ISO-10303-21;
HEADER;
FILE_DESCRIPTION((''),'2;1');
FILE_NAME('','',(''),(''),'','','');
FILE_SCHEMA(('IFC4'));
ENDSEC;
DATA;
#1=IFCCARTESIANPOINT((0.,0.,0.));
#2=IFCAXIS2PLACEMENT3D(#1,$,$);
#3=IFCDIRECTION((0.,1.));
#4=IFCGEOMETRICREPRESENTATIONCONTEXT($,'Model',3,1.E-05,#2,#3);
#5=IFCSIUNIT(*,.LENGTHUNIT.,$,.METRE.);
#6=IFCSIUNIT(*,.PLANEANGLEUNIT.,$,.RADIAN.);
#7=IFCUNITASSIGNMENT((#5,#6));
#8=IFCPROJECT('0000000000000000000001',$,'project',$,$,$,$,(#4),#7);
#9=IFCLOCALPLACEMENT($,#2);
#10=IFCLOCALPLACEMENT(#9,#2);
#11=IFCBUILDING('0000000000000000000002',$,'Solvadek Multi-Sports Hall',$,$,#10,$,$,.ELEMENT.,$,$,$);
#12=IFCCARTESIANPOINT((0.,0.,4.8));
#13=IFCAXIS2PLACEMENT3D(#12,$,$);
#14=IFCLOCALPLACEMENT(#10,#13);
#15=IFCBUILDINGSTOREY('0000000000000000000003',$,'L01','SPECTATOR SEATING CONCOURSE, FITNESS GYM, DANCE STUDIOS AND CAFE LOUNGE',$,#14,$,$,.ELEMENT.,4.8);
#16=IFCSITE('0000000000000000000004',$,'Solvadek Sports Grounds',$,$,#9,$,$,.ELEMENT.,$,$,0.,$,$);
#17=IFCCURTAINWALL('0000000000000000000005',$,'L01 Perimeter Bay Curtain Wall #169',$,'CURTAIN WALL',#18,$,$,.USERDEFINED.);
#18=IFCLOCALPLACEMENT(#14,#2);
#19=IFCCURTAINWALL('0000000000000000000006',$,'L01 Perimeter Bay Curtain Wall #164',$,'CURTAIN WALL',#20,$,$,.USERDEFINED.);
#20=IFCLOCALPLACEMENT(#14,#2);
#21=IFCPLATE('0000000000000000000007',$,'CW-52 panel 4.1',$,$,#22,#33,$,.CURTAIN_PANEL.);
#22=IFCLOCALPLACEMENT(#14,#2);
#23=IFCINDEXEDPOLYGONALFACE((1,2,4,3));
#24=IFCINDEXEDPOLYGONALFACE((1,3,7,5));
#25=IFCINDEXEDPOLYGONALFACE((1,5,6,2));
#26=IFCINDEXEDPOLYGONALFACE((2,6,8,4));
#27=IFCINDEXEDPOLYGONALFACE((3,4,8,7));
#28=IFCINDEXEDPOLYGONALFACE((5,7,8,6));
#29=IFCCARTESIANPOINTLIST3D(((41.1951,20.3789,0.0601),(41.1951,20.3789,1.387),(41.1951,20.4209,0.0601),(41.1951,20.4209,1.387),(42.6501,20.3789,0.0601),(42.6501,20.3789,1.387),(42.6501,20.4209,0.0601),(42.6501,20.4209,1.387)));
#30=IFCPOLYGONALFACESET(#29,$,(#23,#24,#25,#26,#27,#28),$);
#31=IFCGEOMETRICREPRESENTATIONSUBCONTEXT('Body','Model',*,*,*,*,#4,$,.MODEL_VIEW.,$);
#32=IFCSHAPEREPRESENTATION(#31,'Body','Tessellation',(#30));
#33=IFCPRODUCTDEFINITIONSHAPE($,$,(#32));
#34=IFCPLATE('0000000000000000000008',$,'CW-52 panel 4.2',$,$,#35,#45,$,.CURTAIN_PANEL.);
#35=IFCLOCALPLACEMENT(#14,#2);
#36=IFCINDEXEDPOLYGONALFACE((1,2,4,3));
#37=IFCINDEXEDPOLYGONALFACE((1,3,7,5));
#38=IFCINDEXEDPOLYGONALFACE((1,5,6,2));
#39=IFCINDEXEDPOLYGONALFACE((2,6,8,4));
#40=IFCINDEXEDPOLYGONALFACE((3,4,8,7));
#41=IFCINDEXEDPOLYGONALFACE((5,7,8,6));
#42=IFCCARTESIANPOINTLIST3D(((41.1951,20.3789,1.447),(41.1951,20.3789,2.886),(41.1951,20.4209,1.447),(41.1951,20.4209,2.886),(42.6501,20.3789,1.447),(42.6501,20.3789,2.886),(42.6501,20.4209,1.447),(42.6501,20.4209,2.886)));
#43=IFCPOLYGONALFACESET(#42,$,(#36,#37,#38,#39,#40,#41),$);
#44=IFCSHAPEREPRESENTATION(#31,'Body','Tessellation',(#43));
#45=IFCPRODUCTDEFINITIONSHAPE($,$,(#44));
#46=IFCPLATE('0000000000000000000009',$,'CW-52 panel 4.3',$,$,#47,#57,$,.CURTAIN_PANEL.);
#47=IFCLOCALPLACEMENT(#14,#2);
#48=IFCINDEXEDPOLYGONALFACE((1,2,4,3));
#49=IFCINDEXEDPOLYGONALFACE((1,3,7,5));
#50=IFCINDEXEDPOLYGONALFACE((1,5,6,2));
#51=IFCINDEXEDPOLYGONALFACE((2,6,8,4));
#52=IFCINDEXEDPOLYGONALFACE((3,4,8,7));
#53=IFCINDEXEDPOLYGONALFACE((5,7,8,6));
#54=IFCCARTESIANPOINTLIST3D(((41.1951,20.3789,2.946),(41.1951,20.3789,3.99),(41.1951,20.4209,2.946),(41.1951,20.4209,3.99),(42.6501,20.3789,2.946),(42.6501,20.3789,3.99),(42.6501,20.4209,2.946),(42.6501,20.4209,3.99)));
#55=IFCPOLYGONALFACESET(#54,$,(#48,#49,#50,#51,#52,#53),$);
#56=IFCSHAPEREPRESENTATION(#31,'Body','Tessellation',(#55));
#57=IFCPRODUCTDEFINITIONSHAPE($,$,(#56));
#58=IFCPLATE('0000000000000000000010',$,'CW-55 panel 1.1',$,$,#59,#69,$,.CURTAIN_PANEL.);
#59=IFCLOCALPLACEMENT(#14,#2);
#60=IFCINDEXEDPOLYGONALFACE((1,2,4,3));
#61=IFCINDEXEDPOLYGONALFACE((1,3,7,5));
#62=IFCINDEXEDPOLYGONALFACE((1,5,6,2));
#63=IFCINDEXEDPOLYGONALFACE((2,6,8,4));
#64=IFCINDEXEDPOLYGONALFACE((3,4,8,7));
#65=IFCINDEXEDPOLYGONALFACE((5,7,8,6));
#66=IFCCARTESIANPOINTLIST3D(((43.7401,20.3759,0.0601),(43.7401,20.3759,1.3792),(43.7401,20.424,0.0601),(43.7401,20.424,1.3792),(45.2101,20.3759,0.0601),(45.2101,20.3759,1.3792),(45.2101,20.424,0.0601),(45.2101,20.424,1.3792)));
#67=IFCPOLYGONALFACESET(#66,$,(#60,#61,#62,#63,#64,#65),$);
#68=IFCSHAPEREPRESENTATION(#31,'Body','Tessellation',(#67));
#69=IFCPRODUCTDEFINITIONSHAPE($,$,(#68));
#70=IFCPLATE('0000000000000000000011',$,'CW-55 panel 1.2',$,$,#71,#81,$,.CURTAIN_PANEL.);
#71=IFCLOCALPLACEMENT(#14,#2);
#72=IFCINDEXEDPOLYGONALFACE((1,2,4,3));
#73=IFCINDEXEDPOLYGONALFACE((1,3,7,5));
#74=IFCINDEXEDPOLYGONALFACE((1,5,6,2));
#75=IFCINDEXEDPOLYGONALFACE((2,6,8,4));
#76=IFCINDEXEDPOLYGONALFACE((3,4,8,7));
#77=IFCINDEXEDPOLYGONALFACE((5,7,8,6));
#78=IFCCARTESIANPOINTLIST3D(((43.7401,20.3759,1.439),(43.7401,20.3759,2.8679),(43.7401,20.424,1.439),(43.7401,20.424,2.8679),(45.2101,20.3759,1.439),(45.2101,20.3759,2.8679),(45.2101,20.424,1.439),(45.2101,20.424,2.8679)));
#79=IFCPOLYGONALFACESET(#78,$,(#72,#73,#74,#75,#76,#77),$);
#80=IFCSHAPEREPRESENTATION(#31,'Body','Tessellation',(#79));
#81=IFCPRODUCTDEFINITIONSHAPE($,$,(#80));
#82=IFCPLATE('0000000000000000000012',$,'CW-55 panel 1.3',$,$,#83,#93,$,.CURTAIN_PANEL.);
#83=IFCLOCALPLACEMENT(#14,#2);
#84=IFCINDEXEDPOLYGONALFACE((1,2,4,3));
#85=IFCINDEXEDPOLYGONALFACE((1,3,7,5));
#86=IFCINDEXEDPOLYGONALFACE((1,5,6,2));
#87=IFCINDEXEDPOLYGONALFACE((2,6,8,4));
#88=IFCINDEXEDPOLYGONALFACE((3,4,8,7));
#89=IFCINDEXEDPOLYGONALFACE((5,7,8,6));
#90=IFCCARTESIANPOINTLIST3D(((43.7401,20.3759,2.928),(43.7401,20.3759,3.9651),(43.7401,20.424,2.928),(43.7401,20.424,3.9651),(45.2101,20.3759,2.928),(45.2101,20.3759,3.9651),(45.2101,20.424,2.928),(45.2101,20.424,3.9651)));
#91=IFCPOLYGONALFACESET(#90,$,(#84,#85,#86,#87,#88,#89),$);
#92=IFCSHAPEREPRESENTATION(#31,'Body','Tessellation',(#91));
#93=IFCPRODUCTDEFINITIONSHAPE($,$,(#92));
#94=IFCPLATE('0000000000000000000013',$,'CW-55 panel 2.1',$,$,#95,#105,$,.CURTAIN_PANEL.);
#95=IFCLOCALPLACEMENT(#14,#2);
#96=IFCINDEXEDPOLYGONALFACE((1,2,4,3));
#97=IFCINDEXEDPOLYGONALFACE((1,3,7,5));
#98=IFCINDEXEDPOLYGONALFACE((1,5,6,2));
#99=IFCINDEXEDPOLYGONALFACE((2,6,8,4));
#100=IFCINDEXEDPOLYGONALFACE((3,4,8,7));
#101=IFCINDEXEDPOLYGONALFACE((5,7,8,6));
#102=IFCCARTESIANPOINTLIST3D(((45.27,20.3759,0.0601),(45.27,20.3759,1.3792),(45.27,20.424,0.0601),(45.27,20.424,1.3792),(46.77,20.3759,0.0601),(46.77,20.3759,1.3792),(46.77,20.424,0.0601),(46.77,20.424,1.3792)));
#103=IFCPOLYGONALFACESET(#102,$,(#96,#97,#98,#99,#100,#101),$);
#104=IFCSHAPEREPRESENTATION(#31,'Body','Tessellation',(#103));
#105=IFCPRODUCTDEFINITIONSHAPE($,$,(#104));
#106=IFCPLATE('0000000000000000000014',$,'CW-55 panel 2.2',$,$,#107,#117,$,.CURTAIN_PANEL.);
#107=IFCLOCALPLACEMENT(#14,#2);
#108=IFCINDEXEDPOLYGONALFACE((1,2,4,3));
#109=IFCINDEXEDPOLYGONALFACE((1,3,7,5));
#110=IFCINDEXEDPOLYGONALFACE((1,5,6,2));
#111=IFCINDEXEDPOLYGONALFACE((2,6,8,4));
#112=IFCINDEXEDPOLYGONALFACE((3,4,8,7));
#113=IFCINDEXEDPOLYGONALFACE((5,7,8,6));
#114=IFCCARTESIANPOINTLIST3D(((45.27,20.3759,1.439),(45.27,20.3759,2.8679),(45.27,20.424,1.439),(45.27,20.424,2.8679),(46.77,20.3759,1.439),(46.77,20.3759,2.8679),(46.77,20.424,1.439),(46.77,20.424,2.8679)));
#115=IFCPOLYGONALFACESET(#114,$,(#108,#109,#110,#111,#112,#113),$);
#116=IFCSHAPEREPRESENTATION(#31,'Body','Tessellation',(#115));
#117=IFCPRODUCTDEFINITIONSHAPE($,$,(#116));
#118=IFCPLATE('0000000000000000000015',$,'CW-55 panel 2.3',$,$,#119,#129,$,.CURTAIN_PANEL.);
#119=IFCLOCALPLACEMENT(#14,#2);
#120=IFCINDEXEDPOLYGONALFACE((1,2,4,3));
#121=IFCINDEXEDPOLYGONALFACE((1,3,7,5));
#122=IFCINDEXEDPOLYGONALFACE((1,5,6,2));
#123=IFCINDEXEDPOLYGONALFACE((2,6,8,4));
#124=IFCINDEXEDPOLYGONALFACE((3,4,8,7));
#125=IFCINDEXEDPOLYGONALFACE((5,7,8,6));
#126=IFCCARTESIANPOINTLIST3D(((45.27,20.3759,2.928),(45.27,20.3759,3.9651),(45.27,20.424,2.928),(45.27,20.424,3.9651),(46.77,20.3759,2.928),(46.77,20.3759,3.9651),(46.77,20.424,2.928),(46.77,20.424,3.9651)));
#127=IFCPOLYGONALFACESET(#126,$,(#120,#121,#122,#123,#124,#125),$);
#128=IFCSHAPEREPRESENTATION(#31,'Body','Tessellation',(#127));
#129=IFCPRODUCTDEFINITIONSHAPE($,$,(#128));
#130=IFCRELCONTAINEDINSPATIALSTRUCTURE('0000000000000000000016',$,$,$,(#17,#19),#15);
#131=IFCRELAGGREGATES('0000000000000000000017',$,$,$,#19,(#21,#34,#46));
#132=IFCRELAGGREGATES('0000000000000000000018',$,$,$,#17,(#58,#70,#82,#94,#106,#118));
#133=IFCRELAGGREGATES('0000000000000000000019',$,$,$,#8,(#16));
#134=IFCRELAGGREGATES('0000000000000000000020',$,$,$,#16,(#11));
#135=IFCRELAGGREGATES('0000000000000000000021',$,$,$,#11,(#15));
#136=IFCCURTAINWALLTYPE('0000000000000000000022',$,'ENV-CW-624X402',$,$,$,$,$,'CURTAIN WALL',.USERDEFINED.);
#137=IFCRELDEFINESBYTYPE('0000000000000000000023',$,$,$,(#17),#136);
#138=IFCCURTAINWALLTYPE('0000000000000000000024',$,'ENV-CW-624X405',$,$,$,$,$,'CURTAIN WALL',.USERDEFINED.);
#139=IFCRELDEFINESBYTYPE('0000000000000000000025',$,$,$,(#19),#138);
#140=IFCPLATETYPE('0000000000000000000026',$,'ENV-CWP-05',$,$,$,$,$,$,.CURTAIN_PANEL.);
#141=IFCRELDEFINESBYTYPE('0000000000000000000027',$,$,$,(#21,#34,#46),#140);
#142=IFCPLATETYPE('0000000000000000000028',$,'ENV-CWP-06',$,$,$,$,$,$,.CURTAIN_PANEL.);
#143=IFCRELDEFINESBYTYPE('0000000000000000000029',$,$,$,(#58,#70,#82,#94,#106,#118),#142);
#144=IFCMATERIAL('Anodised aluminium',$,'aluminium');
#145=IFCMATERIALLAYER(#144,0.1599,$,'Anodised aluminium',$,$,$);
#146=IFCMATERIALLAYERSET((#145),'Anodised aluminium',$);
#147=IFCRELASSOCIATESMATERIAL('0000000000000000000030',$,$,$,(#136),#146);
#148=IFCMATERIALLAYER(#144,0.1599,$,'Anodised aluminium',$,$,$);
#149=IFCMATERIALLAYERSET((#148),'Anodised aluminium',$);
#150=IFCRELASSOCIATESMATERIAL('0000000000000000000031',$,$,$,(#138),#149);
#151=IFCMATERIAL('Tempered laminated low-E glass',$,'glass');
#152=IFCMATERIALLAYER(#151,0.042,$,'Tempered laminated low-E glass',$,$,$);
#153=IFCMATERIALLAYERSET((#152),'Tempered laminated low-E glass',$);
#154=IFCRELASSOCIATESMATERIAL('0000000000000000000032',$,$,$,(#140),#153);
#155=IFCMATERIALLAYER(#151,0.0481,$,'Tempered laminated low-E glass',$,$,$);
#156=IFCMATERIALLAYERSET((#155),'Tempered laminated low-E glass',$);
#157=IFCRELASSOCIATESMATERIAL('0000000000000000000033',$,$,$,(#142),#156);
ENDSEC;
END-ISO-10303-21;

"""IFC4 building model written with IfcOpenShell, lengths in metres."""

from ifc_helpers import new_model, si_unit, direction, frame, origin, origin_2d, place, context, subcontext, project, spatial, rectangle, extrude, material, layer, layer_set, type_object, element, aggregate, save


model = new_model("IFC4")

# Units and contexts
model_context = context("Model", 3, precision=1e-05, world=origin(), true_north=direction((0.0, 1.0)))
body_context = subcontext(model_context, "Body", "Model", "MODEL_VIEW")
ifc_project = project(units=[si_unit("LENGTHUNIT", "METRE"), si_unit("PLANEANGLEUNIT", "RADIAN")], contexts=[model_context])

# Site, building, storey
site_placement = place(None, origin())
site = spatial("IfcSite", under=ifc_project, at=site_placement, Name="Solvadek Sports Grounds", CompositionType="ELEMENT", RefElevation=0.0)
building_placement = place(site_placement, origin())
building = spatial("IfcBuilding", under=site, at=building_placement, Name="Solvadek Multi-Sports Hall", CompositionType="ELEMENT")
storey_placement = place(building_placement, frame((0.0, 0.0, 4.8)))
storey = spatial("IfcBuildingStorey", under=building, at=storey_placement, Name="L01", Description="SPECTATOR SEATING CONCOURSE, FITNESS GYM, DANCE STUDIOS AND CAFE LOUNGE", CompositionType="ELEMENT", Elevation=4.8)

# Curtain walls
ifc_material_1 = material(Name="Anodised aluminium", Category="aluminium")
ifc_layer_1 = layer(ifc_material_1, 0.1599, Name="Anodised aluminium")
ifc_layer_set_1 = layer_set([ifc_layer_1], Name="Anodised aluminium")
curtain_wall_type_1 = type_object("IfcCurtainWallType", Name="ENV-CW-624X402", ElementType="CURTAIN WALL", PredefinedType="USERDEFINED", material=ifc_layer_set_1)
curtain_wall_1_placement = place(storey_placement, origin())
curtain_wall_1 = element("IfcCurtainWall", 1, at=curtain_wall_1_placement, inside=storey, type_object=curtain_wall_type_1, Name="L01 Perimeter Bay Curtain Wall #169", ObjectType="CURTAIN WALL", PredefinedType="USERDEFINED")
ifc_layer_2 = layer(ifc_material_1, 0.1599, Name="Anodised aluminium")
ifc_layer_set_2 = layer_set([ifc_layer_2], Name="Anodised aluminium")
curtain_wall_type_2 = type_object("IfcCurtainWallType", Name="ENV-CW-624X405", ElementType="CURTAIN WALL", PredefinedType="USERDEFINED", material=ifc_layer_set_2)
curtain_wall_2_placement = place(storey_placement, origin())
curtain_wall_2 = element("IfcCurtainWall", 2, at=curtain_wall_2_placement, inside=storey, type_object=curtain_wall_type_2, Name="L01 Perimeter Bay Curtain Wall #164", ObjectType="CURTAIN WALL", PredefinedType="USERDEFINED")

# Plates
ifc_material_2 = material(Name="Tempered laminated low-E glass", Category="glass")
ifc_layer_3 = layer(ifc_material_2, 0.042, Name="Tempered laminated low-E glass")
ifc_layer_set_3 = layer_set([ifc_layer_3], Name="Tempered laminated low-E glass")
plate_type_1 = type_object("IfcPlateType", Name="ENV-CWP-05", PredefinedType="CURTAIN_PANEL", material=ifc_layer_set_3)
plate_1_placement = place(storey_placement, frame((41.9226, 20.3999, 0.0601), z_axis=(0.0, 0.0, 1.0), x_axis=(1.0, 0.0, 0.0)))
plate_1 = element("IfcPlate", 3, at=plate_1_placement, type_object=plate_type_1, Name="CW-52 panel 4.1", PredefinedType="CURTAIN_PANEL", context=body_context, shape_type="SweptSolid", body=[
    extrude(rectangle(XDim=1.4551, YDim=0.042, at=origin_2d()), origin(), (0.0, 0.0, 1.0), 1.3269),
])
plate_2_placement = place(storey_placement, frame((41.9226, 20.3999, 1.447), z_axis=(0.0, 0.0, 1.0), x_axis=(1.0, 0.0, 0.0)))
plate_2 = element("IfcPlate", 4, at=plate_2_placement, type_object=plate_type_1, Name="CW-52 panel 4.2", PredefinedType="CURTAIN_PANEL", context=body_context, shape_type="SweptSolid", body=[
    extrude(rectangle(XDim=1.4551, YDim=0.042, at=origin_2d()), origin(), (0.0, 0.0, 1.0), 1.439),
])
plate_3_placement = place(storey_placement, frame((41.9226, 20.3999, 2.946), z_axis=(0.0, 0.0, 1.0), x_axis=(1.0, 0.0, 0.0)))
plate_3 = element("IfcPlate", 5, at=plate_3_placement, type_object=plate_type_1, Name="CW-52 panel 4.3", PredefinedType="CURTAIN_PANEL", context=body_context, shape_type="SweptSolid", body=[
    extrude(rectangle(XDim=1.4551, YDim=0.042, at=origin_2d()), origin(), (0.0, 0.0, 1.0), 1.0439),
])
aggregate(curtain_wall_2, [plate_1, plate_2, plate_3])
ifc_layer_4 = layer(ifc_material_2, 0.0481, Name="Tempered laminated low-E glass")
ifc_layer_set_4 = layer_set([ifc_layer_4], Name="Tempered laminated low-E glass")
plate_type_2 = type_object("IfcPlateType", Name="ENV-CWP-06", PredefinedType="CURTAIN_PANEL", material=ifc_layer_set_4)
plate_4_placement = place(storey_placement, frame((44.4751, 20.3999, 0.0601), z_axis=(0.0, 0.0, 1.0), x_axis=(1.0, 0.0, 0.0)))
plate_4 = element("IfcPlate", 6, at=plate_4_placement, type_object=plate_type_2, Name="CW-55 panel 1.1", PredefinedType="CURTAIN_PANEL", context=body_context, shape_type="SweptSolid", body=[
    extrude(rectangle(XDim=1.47, YDim=0.0481, at=origin_2d()), origin(), (0.0, 0.0, 1.0), 1.3191),
])
plate_5_placement = place(storey_placement, frame((44.4751, 20.3999, 1.439), z_axis=(0.0, 0.0, 1.0), x_axis=(1.0, 0.0, 0.0)))
plate_5 = element("IfcPlate", 7, at=plate_5_placement, type_object=plate_type_2, Name="CW-55 panel 1.2", PredefinedType="CURTAIN_PANEL", context=body_context, shape_type="SweptSolid", body=[
    extrude(rectangle(XDim=1.47, YDim=0.0481, at=origin_2d()), origin(), (0.0, 0.0, 1.0), 1.429),
])
plate_6_placement = place(storey_placement, frame((44.4751, 20.3999, 2.928), z_axis=(0.0, 0.0, 1.0), x_axis=(1.0, 0.0, 0.0)))
plate_6 = element("IfcPlate", 8, at=plate_6_placement, type_object=plate_type_2, Name="CW-55 panel 1.3", PredefinedType="CURTAIN_PANEL", context=body_context, shape_type="SweptSolid", body=[
    extrude(rectangle(XDim=1.47, YDim=0.0481, at=origin_2d()), origin(), (0.0, 0.0, 1.0), 1.0371),
])
plate_7_placement = place(storey_placement, frame((46.02, 20.3999, 0.0601), z_axis=(0.0, 0.0, 1.0), x_axis=(1.0, 0.0, 0.0)))
plate_7 = element("IfcPlate", 9, at=plate_7_placement, type_object=plate_type_2, Name="CW-55 panel 2.1", PredefinedType="CURTAIN_PANEL", context=body_context, shape_type="SweptSolid", body=[
    extrude(rectangle(XDim=1.5, YDim=0.0481, at=origin_2d()), origin(), (0.0, 0.0, 1.0), 1.3191),
])
plate_8_placement = place(storey_placement, frame((46.02, 20.3999, 1.439), z_axis=(0.0, 0.0, 1.0), x_axis=(1.0, 0.0, 0.0)))
plate_8 = element("IfcPlate", 10, at=plate_8_placement, type_object=plate_type_2, Name="CW-55 panel 2.2", PredefinedType="CURTAIN_PANEL", context=body_context, shape_type="SweptSolid", body=[
    extrude(rectangle(XDim=1.5, YDim=0.0481, at=origin_2d()), origin(), (0.0, 0.0, 1.0), 1.429),
])
plate_9_placement = place(storey_placement, frame((46.02, 20.3999, 2.928), z_axis=(0.0, 0.0, 1.0), x_axis=(1.0, 0.0, 0.0)))
plate_9 = element("IfcPlate", 11, at=plate_9_placement, type_object=plate_type_2, Name="CW-55 panel 2.3", PredefinedType="CURTAIN_PANEL", context=body_context, shape_type="SweptSolid", body=[
    extrude(rectangle(XDim=1.5, YDim=0.0481, at=origin_2d()), origin(), (0.0, 0.0, 1.0), 1.0371),
])
aggregate(curtain_wall_1, [plate_4, plate_5, plate_6, plate_7, plate_8, plate_9])

save(model, "model.ifc")
